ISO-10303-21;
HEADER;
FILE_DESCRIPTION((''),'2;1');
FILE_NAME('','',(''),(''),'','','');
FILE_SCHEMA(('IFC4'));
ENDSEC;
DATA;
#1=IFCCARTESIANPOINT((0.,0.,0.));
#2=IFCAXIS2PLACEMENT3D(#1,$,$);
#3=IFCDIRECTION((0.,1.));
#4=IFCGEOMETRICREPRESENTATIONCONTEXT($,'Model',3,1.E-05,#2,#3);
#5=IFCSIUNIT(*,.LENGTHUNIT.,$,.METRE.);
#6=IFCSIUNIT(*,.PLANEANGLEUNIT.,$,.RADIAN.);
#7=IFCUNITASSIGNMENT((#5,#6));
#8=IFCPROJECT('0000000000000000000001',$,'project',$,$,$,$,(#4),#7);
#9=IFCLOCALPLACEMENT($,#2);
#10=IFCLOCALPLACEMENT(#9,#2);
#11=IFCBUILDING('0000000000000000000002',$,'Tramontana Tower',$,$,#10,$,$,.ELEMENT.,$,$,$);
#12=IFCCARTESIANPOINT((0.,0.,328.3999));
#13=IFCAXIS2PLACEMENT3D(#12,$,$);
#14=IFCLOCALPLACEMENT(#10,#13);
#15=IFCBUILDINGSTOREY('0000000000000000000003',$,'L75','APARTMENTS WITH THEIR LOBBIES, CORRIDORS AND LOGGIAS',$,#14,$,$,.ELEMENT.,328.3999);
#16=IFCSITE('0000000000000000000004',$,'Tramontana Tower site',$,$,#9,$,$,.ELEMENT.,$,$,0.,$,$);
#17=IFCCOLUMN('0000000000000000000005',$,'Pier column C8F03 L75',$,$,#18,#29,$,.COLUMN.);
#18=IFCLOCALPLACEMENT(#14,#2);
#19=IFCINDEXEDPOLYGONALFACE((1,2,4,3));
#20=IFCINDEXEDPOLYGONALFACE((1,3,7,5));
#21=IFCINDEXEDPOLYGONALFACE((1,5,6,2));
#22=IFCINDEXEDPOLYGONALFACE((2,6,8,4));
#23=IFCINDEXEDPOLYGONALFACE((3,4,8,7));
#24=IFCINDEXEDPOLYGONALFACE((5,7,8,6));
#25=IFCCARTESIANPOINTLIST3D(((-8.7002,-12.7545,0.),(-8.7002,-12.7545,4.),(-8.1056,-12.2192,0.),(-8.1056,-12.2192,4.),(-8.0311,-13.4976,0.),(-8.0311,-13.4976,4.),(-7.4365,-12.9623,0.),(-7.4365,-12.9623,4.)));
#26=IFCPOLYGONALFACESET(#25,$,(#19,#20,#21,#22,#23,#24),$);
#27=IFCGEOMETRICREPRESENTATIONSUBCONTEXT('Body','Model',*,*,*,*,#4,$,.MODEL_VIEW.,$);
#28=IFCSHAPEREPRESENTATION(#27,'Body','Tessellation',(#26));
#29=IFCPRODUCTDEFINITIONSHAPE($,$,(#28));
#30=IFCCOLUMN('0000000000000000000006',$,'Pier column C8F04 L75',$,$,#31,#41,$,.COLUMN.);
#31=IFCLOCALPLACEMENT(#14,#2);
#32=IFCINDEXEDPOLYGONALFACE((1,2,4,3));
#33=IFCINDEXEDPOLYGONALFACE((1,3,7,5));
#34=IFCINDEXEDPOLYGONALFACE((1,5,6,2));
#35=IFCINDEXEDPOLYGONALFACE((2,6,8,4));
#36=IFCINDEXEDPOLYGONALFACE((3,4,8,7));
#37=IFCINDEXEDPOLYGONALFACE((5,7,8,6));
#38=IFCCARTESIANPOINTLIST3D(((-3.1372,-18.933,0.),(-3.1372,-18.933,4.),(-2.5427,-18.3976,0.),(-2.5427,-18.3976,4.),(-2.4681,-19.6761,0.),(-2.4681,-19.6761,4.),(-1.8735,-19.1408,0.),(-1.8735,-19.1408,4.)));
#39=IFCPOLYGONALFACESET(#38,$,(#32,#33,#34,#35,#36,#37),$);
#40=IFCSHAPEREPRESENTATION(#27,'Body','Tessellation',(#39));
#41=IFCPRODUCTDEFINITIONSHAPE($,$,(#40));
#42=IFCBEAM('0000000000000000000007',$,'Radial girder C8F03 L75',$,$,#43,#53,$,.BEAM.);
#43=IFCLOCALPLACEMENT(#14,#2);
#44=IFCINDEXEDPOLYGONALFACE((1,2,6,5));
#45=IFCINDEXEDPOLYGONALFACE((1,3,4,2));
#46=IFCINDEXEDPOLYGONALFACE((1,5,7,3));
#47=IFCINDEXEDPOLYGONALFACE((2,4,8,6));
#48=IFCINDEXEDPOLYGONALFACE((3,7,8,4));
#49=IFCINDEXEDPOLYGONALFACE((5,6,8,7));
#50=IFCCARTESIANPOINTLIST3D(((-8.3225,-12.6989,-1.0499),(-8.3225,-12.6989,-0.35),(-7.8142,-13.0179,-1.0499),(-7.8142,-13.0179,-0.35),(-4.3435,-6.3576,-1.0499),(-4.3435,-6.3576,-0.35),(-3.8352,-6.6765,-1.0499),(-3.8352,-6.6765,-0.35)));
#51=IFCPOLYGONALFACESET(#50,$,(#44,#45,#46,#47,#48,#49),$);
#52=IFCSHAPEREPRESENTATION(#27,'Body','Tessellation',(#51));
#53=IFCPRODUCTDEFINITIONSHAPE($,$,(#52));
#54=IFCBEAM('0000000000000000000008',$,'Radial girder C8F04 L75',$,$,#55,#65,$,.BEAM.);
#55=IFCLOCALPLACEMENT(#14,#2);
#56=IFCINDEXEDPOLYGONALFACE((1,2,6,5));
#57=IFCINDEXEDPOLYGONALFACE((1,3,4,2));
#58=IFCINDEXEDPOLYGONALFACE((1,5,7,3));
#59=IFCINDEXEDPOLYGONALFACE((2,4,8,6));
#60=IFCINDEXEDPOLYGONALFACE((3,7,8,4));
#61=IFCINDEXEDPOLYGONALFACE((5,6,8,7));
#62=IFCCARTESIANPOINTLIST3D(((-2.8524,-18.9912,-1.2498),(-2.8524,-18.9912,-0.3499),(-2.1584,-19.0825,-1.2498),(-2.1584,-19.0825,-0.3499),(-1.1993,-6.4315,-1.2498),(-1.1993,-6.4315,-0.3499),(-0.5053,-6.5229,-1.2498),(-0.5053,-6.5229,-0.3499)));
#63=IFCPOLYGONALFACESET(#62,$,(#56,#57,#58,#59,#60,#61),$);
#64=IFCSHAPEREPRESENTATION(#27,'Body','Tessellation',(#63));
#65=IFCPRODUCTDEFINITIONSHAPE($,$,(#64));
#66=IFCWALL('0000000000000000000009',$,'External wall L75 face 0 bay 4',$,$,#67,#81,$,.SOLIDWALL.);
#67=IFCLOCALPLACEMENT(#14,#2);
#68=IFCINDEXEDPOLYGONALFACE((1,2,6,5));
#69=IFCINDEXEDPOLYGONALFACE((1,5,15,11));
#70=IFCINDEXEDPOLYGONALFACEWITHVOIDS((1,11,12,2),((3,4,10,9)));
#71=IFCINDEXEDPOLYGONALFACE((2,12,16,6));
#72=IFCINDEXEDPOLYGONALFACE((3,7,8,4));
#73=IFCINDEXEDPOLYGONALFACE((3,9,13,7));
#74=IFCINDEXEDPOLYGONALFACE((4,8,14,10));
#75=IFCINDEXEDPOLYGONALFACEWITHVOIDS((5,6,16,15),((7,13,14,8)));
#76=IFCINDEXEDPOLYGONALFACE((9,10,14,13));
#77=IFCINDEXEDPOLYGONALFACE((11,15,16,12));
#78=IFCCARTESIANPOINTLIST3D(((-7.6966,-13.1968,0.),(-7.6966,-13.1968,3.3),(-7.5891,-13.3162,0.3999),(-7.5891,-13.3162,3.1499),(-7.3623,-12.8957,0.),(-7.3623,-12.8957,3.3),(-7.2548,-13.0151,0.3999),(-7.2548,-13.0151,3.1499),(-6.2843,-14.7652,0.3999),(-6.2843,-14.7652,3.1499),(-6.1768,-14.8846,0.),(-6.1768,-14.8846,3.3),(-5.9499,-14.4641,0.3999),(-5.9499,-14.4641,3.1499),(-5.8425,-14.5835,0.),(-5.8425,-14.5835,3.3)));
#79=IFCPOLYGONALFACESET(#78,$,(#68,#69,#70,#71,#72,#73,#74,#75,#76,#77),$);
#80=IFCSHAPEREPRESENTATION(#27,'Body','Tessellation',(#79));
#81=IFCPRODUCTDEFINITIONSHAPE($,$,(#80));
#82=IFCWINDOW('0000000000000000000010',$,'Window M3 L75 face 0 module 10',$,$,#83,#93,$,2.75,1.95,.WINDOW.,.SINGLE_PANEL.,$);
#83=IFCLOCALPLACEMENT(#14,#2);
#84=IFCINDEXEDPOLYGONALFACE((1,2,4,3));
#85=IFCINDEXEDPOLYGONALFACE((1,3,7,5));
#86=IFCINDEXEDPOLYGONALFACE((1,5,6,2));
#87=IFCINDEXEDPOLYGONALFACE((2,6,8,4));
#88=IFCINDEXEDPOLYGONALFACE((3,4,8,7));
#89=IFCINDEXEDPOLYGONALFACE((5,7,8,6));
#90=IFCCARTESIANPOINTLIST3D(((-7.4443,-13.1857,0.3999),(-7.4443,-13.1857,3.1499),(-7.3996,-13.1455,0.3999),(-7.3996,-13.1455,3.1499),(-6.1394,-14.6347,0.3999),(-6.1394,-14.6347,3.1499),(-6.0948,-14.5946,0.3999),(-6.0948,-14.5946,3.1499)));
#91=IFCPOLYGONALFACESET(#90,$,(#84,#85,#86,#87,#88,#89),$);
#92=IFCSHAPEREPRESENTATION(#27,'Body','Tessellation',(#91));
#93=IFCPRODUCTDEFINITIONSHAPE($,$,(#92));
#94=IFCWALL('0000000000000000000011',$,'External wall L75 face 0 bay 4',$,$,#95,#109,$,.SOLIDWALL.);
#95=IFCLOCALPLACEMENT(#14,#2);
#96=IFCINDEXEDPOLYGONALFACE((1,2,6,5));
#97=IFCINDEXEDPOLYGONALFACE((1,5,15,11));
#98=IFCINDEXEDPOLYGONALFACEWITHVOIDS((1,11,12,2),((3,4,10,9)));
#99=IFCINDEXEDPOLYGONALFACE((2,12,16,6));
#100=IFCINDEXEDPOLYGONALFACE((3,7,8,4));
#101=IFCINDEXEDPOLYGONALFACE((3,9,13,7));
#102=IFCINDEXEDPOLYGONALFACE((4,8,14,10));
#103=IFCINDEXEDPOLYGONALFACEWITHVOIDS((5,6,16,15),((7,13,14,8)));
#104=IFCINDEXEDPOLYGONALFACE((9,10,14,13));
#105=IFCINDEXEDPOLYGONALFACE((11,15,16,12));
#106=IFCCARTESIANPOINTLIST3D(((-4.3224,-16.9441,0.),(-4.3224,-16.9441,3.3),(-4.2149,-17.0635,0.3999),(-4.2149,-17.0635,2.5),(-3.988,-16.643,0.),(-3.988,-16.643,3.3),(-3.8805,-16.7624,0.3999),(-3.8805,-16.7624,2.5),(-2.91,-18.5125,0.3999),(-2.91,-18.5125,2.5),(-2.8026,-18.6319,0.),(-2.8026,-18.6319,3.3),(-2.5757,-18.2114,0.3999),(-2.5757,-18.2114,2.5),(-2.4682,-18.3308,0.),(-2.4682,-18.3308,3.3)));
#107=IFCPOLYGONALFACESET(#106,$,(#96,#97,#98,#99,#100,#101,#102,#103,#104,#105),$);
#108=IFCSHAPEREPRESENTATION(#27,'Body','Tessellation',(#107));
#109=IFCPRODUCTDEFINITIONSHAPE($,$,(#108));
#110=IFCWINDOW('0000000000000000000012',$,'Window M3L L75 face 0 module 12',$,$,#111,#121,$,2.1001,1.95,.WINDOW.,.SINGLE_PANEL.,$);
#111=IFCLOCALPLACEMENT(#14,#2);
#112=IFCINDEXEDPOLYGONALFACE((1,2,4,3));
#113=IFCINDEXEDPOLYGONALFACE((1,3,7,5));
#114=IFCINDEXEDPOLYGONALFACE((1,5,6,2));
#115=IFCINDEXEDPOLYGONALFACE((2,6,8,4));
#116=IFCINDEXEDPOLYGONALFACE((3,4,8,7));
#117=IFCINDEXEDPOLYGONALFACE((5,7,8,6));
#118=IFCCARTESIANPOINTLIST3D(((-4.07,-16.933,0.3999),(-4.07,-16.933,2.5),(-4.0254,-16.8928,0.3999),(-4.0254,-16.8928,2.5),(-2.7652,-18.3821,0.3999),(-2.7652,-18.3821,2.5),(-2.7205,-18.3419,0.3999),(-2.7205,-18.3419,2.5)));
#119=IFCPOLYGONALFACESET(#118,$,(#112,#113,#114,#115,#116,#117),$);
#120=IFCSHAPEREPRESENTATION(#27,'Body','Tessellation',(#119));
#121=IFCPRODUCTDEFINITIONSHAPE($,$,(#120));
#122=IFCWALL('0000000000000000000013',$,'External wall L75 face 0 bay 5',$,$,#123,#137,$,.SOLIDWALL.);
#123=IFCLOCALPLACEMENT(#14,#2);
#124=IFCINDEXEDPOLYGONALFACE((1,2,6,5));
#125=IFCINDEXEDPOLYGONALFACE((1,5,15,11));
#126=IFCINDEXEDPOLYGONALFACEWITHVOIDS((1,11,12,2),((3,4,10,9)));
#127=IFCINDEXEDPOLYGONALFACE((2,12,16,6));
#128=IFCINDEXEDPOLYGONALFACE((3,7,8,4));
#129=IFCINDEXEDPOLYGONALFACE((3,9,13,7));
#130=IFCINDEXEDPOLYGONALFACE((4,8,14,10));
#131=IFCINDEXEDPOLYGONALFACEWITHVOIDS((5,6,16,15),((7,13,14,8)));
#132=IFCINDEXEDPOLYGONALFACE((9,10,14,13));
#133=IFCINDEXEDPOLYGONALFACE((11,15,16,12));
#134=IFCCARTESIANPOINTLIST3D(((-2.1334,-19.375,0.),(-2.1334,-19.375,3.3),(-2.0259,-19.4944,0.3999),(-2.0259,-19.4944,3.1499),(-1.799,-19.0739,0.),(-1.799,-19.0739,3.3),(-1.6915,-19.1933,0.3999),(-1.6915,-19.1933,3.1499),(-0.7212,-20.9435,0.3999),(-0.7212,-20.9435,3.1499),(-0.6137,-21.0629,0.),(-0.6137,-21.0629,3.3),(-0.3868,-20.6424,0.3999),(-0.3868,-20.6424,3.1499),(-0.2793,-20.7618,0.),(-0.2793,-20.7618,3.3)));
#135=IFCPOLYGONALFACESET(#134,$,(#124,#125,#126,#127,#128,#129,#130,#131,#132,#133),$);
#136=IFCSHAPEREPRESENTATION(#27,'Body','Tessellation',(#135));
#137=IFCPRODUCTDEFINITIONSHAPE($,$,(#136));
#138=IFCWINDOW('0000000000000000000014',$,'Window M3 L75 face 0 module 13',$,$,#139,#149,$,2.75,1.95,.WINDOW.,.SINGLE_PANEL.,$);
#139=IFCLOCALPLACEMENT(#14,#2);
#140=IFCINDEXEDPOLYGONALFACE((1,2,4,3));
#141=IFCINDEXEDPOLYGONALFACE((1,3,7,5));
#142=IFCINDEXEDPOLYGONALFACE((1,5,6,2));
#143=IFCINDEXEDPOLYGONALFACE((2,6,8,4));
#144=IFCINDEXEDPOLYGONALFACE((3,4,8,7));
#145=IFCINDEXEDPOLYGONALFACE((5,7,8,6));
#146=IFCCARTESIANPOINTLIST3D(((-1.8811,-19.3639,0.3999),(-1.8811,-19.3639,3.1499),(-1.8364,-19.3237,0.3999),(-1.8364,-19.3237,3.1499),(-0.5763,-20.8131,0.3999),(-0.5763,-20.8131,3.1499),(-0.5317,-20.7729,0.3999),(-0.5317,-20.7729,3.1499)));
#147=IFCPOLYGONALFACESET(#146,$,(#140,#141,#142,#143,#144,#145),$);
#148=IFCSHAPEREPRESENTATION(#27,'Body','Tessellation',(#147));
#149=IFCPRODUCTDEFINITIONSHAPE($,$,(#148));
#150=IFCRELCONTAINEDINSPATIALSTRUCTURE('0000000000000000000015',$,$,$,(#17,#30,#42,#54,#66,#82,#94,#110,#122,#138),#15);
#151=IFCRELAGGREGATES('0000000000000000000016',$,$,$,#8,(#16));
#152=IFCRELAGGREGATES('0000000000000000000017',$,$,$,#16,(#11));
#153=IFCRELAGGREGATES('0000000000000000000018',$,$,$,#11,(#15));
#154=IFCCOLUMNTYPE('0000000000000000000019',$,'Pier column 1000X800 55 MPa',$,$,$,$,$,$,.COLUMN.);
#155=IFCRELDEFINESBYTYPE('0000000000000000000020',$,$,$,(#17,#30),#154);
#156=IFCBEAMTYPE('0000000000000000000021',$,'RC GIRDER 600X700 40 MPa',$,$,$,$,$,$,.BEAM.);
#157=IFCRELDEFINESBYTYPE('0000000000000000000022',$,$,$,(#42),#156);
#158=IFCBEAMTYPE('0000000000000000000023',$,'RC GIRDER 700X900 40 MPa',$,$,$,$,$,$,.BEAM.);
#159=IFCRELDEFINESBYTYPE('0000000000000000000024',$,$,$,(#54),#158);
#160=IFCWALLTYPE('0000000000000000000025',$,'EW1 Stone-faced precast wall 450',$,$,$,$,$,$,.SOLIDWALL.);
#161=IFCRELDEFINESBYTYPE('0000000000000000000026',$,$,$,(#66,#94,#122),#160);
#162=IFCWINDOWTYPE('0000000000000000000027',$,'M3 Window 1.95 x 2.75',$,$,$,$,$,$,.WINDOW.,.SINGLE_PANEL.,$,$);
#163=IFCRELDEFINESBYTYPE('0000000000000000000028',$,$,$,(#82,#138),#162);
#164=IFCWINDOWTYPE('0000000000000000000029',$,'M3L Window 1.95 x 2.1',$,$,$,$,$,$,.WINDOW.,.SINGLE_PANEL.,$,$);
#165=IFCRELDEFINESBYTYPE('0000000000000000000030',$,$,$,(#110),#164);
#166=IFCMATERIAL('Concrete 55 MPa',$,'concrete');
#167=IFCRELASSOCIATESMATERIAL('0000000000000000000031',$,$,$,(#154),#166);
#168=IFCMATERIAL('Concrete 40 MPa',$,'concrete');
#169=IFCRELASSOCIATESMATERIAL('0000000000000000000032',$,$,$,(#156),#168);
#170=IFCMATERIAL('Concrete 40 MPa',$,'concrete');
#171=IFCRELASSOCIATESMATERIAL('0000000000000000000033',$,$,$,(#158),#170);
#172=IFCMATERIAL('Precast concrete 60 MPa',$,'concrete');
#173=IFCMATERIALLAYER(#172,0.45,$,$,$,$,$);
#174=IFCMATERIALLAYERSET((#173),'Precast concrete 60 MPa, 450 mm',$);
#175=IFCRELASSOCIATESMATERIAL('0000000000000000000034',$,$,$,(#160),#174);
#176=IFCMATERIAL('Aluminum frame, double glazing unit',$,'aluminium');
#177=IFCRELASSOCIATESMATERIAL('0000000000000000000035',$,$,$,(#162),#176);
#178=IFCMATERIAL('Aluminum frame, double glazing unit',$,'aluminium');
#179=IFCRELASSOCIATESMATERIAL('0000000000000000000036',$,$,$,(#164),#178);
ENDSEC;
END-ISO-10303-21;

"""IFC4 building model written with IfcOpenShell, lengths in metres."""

from ifc_helpers import new_model, si_unit, direction, frame, frame_2d, origin, origin_2d, place, context, subcontext, project, spatial, rectangle, extrude, material, layer, layer_set, material_profile, profile_set, type_object, element, fill, save


model = new_model("IFC4")

# Units and contexts
model_context = context("Model", 3, precision=1e-05, world=origin(), true_north=direction((0.0, 1.0)))
body_context = subcontext(model_context, "Body", "Model", "MODEL_VIEW")
ifc_project = project(units=[si_unit("LENGTHUNIT", "METRE"), si_unit("PLANEANGLEUNIT", "RADIAN")], contexts=[model_context])

# Site, building, storey
site_placement = place(None, origin())
site = spatial("IfcSite", under=ifc_project, at=site_placement, Name="Tramontana Tower site", CompositionType="ELEMENT", RefElevation=0.0)
building_placement = place(site_placement, origin())
building = spatial("IfcBuilding", under=site, at=building_placement, Name="Tramontana Tower", CompositionType="ELEMENT")
storey_placement = place(building_placement, frame((0.0, 0.0, 328.3999)))
storey = spatial("IfcBuildingStorey", under=building, at=storey_placement, Name="L75", Description="APARTMENTS WITH THEIR LOBBIES, CORRIDORS AND LOGGIAS", CompositionType="ELEMENT", Elevation=328.3999)

# Columns
ifc_material_1 = material(Name="Concrete 55 MPa", Category="concrete")
ifc_material_profile_1 = material_profile(ifc_material_1, rectangle(XDim=1.0, YDim=0.8, at=origin_2d()), Name="Pier column 1000X800 55 MPa")
ifc_profile_set_1 = profile_set([ifc_material_profile_1], Name="Concrete 55 MPa")
column_type = type_object("IfcColumnType", Name="Pier column 1000X800 55 MPa", PredefinedType="COLUMN", material=ifc_profile_set_1)
for number, where, z_axis, x_axis, name in (
    (1, (-8.0684, -12.8584, 0.0), (0.0, 0.0, 1.0), (0.669131, -0.743145, 0.0), "Pier column C8F03 L75"),
    (2, (-2.5054, -19.0369, 0.0), (0.0, 0.0, 1.0), (0.669131, -0.743145, 0.0), "Pier column C8F04 L75"),
):
    element("IfcColumn", number, at=place(storey_placement, frame(where, z_axis=z_axis, x_axis=x_axis)), inside=storey, type_object=column_type, Name=name, PredefinedType="COLUMN", context=body_context, shape_type="SweptSolid", body=[
        extrude(rectangle(XDim=1.0, YDim=0.8, at=origin_2d()), origin(), (0.0, 0.0, 1.0), 4.0),
    ])

# Beams
ifc_material_2 = material(Name="Concrete 40 MPa", Category="concrete")
ifc_material_profile_2 = material_profile(ifc_material_2, rectangle(XDim=0.6001, YDim=0.7, at=origin_2d()), Name="RC GIRDER 600X700 40 MPa")
ifc_profile_set_2 = profile_set([ifc_material_profile_2], Name="Concrete 40 MPa")
beam_type_1 = type_object("IfcBeamType", Name="RC GIRDER 600X700 40 MPa", PredefinedType="BEAM", material=ifc_profile_set_2)
beam_1_placement = place(storey_placement, frame((-8.0684, -12.8584, -0.7), z_axis=(0.531505, 0.847055, 0.0), x_axis=(-0.847055, 0.531505, 0.0)))
element("IfcBeam", 3, at=beam_1_placement, inside=storey, type_object=beam_type_1, Name="Radial girder C8F03 L75", PredefinedType="BEAM", context=body_context, shape_type="SweptSolid", body=[
    extrude(rectangle(XDim=0.6001, YDim=0.7, at=origin_2d()), origin(), (0.0, 0.0, 1.0), 7.4863),
])
ifc_material_3 = material(Name="Concrete 40 MPa", Category="concrete")
ifc_material_profile_3 = material_profile(ifc_material_3, rectangle(XDim=0.7, YDim=0.8999, at=origin_2d()), Name="RC GIRDER 700X900 40 MPa")
ifc_profile_set_3 = profile_set([ifc_material_profile_3], Name="Concrete 40 MPa")
beam_type_2 = type_object("IfcBeamType", Name="RC GIRDER 700X900 40 MPa", PredefinedType="BEAM", material=ifc_profile_set_3)
beam_2_placement = place(storey_placement, frame((-2.5054, -19.0369, -0.7998), z_axis=(0.130493, 0.991449, 0.0), x_axis=(-0.991449, 0.130493, 0.0)))
element("IfcBeam", 4, at=beam_2_placement, inside=storey, type_object=beam_type_2, Name="Radial girder C8F04 L75", PredefinedType="BEAM", context=body_context, shape_type="SweptSolid", body=[
    extrude(rectangle(XDim=0.7, YDim=0.8999, at=origin_2d()), origin(), (0.0, 0.0, 1.0), 12.668),
])

# Walls, openings, windows
ifc_material_4 = material(Name="Precast concrete 60 MPa", Category="concrete")
ifc_layer_1 = layer(ifc_material_4, 0.45)
ifc_layer_set_1 = layer_set([ifc_layer_1], Name="Precast concrete 60 MPa, 450 mm")
wall_type_1 = type_object("IfcWallType", Name="EW1 Stone-faced precast wall 450", PredefinedType="SOLIDWALL", material=ifc_layer_set_1)
wall_1_placement = place(storey_placement, frame((-7.5295, -13.0461, 0.0), z_axis=(0.0, 0.0, 1.0), x_axis=(0.669161, -0.743118, 0.0)))
wall_1 = element("IfcWall", 5, at=wall_1_placement, inside=storey, type_object=wall_type_1, Name="External wall L75 face 0 bay 4", PredefinedType="SOLIDWALL", context=body_context, shape_type="SweptSolid", body=[
    extrude(rectangle(XDim=2.2712, YDim=0.45, at=frame_2d((1.1357, 0.0))), origin(), (0.0, 0.0, 1.0), 3.3),
])
opening_1_placement = place(wall_1_placement, frame((0.1606, 0.0, 0.3999)))
opening_1 = element("IfcOpeningElement", 6, at=opening_1_placement, cuts=wall_1, PredefinedType="OPENING", context=body_context, shape_type="SweptSolid", body=[
    extrude(rectangle(XDim=1.95, YDim=2.75, at=frame_2d((0.9751, 1.375))), frame((0.0, 0.2349, 0.0), z_axis=(0.0, -1.0, 0.0), x_axis=(1.0, 0.0, 0.0)), (0.0, 0.0, 1.0), 0.47),
])
ifc_material_5 = material(Name="Aluminum frame, double glazing unit", Category="aluminium")
window_type_1 = type_object("IfcWindowType", Name="M3 Window 1.95 x 2.75", PartitioningType="SINGLE_PANEL", PredefinedType="WINDOW", material=ifc_material_5)
window_1_placement = place(opening_1_placement, origin())
window_1 = element("IfcWindow", 7, at=window_1_placement, inside=storey, type_object=window_type_1, Name="Window M3 L75 face 0 module 10", OverallHeight=2.75, OverallWidth=1.95, PartitioningType="SINGLE_PANEL", PredefinedType="WINDOW", context=body_context, shape_type="SweptSolid", body=[
    extrude(rectangle(XDim=1.95, YDim=2.75, at=frame_2d((0.9751, 1.375))), frame((0.0, 0.03, 0.0), z_axis=(0.0, -1.0, 0.0), x_axis=(1.0, 0.0, 0.0)), (0.0, 0.0, 1.0), 0.0601),
])
fill(opening_1, window_1)
wall_2_placement = place(storey_placement, frame((-4.1553, -16.7935, 0.0), z_axis=(0.0, 0.0, 1.0), x_axis=(0.669161, -0.743118, 0.0)))
wall_2 = element("IfcWall", 8, at=wall_2_placement, inside=storey, type_object=wall_type_1, Name="External wall L75 face 0 bay 4", PredefinedType="SOLIDWALL", context=body_context, shape_type="SweptSolid", body=[
    extrude(rectangle(XDim=2.2712, YDim=0.45, at=frame_2d((1.1357, 0.0))), origin(), (0.0, 0.0, 1.0), 3.3),
])
opening_2_placement = place(wall_2_placement, frame((0.1606, 0.0, 0.3999)))
opening_2 = element("IfcOpeningElement", 9, at=opening_2_placement, cuts=wall_2, PredefinedType="OPENING", context=body_context, shape_type="SweptSolid", body=[
    extrude(rectangle(XDim=1.95, YDim=2.1001, at=frame_2d((0.9751, 1.05))), frame((0.0, 0.2349, 0.0), z_axis=(0.0, -1.0, 0.0), x_axis=(1.0, 0.0, 0.0)), (0.0, 0.0, 1.0), 0.47),
])
ifc_material_6 = material(Name="Aluminum frame, double glazing unit", Category="aluminium")
window_type_2 = type_object("IfcWindowType", Name="M3L Window 1.95 x 2.1", PartitioningType="SINGLE_PANEL", PredefinedType="WINDOW", material=ifc_material_6)
window_2_placement = place(opening_2_placement, origin())
window_2 = element("IfcWindow", 10, at=window_2_placement, inside=storey, type_object=window_type_2, Name="Window M3L L75 face 0 module 12", OverallHeight=2.1001, OverallWidth=1.95, PartitioningType="SINGLE_PANEL", PredefinedType="WINDOW", context=body_context, shape_type="SweptSolid", body=[
    extrude(rectangle(XDim=1.95, YDim=2.1001, at=frame_2d((0.9751, 1.05))), frame((0.0, 0.03, 0.0), z_axis=(0.0, -1.0, 0.0), x_axis=(1.0, 0.0, 0.0)), (0.0, 0.0, 1.0), 0.0601),
])
fill(opening_2, window_2)
wall_3_placement = place(storey_placement, frame((-1.9663, -19.2244, 0.0), z_axis=(0.0, 0.0, 1.0), x_axis=(0.669107, -0.743166, 0.0)))
wall_3 = element("IfcWall", 11, at=wall_3_placement, inside=storey, type_object=wall_type_1, Name="External wall L75 face 0 bay 5", PredefinedType="SOLIDWALL", context=body_context, shape_type="SweptSolid", body=[
    extrude(rectangle(XDim=2.2712, YDim=0.45, at=frame_2d((1.1357, 0.0))), origin(), (0.0, 0.0, 1.0), 3.3),
])
opening_3_placement = place(wall_3_placement, frame((0.1606, 0.0, 0.3999)))
opening_3 = element("IfcOpeningElement", 12, at=opening_3_placement, cuts=wall_3, PredefinedType="OPENING", context=body_context, shape_type="SweptSolid", body=[
    extrude(rectangle(XDim=1.95, YDim=2.75, at=frame_2d((0.9751, 1.375))), frame((0.0, 0.2349, 0.0), z_axis=(0.0, -1.0, 0.0), x_axis=(1.0, 0.0, 0.0)), (0.0, 0.0, 1.0), 0.47),
])
window_3_placement = place(opening_3_placement, origin())
window_3 = element("IfcWindow", 13, at=window_3_placement, inside=storey, type_object=window_type_1, Name="Window M3 L75 face 0 module 13", OverallHeight=2.75, OverallWidth=1.95, PartitioningType="SINGLE_PANEL", PredefinedType="WINDOW", context=body_context, shape_type="SweptSolid", body=[
    extrude(rectangle(XDim=1.95, YDim=2.75, at=frame_2d((0.9751, 1.375))), frame((0.0, 0.03, 0.0), z_axis=(0.0, -1.0, 0.0), x_axis=(1.0, 0.0, 0.0)), (0.0, 0.0, 1.0), 0.0601),
])
fill(opening_3, window_3)

save(model, "model.ifc")
